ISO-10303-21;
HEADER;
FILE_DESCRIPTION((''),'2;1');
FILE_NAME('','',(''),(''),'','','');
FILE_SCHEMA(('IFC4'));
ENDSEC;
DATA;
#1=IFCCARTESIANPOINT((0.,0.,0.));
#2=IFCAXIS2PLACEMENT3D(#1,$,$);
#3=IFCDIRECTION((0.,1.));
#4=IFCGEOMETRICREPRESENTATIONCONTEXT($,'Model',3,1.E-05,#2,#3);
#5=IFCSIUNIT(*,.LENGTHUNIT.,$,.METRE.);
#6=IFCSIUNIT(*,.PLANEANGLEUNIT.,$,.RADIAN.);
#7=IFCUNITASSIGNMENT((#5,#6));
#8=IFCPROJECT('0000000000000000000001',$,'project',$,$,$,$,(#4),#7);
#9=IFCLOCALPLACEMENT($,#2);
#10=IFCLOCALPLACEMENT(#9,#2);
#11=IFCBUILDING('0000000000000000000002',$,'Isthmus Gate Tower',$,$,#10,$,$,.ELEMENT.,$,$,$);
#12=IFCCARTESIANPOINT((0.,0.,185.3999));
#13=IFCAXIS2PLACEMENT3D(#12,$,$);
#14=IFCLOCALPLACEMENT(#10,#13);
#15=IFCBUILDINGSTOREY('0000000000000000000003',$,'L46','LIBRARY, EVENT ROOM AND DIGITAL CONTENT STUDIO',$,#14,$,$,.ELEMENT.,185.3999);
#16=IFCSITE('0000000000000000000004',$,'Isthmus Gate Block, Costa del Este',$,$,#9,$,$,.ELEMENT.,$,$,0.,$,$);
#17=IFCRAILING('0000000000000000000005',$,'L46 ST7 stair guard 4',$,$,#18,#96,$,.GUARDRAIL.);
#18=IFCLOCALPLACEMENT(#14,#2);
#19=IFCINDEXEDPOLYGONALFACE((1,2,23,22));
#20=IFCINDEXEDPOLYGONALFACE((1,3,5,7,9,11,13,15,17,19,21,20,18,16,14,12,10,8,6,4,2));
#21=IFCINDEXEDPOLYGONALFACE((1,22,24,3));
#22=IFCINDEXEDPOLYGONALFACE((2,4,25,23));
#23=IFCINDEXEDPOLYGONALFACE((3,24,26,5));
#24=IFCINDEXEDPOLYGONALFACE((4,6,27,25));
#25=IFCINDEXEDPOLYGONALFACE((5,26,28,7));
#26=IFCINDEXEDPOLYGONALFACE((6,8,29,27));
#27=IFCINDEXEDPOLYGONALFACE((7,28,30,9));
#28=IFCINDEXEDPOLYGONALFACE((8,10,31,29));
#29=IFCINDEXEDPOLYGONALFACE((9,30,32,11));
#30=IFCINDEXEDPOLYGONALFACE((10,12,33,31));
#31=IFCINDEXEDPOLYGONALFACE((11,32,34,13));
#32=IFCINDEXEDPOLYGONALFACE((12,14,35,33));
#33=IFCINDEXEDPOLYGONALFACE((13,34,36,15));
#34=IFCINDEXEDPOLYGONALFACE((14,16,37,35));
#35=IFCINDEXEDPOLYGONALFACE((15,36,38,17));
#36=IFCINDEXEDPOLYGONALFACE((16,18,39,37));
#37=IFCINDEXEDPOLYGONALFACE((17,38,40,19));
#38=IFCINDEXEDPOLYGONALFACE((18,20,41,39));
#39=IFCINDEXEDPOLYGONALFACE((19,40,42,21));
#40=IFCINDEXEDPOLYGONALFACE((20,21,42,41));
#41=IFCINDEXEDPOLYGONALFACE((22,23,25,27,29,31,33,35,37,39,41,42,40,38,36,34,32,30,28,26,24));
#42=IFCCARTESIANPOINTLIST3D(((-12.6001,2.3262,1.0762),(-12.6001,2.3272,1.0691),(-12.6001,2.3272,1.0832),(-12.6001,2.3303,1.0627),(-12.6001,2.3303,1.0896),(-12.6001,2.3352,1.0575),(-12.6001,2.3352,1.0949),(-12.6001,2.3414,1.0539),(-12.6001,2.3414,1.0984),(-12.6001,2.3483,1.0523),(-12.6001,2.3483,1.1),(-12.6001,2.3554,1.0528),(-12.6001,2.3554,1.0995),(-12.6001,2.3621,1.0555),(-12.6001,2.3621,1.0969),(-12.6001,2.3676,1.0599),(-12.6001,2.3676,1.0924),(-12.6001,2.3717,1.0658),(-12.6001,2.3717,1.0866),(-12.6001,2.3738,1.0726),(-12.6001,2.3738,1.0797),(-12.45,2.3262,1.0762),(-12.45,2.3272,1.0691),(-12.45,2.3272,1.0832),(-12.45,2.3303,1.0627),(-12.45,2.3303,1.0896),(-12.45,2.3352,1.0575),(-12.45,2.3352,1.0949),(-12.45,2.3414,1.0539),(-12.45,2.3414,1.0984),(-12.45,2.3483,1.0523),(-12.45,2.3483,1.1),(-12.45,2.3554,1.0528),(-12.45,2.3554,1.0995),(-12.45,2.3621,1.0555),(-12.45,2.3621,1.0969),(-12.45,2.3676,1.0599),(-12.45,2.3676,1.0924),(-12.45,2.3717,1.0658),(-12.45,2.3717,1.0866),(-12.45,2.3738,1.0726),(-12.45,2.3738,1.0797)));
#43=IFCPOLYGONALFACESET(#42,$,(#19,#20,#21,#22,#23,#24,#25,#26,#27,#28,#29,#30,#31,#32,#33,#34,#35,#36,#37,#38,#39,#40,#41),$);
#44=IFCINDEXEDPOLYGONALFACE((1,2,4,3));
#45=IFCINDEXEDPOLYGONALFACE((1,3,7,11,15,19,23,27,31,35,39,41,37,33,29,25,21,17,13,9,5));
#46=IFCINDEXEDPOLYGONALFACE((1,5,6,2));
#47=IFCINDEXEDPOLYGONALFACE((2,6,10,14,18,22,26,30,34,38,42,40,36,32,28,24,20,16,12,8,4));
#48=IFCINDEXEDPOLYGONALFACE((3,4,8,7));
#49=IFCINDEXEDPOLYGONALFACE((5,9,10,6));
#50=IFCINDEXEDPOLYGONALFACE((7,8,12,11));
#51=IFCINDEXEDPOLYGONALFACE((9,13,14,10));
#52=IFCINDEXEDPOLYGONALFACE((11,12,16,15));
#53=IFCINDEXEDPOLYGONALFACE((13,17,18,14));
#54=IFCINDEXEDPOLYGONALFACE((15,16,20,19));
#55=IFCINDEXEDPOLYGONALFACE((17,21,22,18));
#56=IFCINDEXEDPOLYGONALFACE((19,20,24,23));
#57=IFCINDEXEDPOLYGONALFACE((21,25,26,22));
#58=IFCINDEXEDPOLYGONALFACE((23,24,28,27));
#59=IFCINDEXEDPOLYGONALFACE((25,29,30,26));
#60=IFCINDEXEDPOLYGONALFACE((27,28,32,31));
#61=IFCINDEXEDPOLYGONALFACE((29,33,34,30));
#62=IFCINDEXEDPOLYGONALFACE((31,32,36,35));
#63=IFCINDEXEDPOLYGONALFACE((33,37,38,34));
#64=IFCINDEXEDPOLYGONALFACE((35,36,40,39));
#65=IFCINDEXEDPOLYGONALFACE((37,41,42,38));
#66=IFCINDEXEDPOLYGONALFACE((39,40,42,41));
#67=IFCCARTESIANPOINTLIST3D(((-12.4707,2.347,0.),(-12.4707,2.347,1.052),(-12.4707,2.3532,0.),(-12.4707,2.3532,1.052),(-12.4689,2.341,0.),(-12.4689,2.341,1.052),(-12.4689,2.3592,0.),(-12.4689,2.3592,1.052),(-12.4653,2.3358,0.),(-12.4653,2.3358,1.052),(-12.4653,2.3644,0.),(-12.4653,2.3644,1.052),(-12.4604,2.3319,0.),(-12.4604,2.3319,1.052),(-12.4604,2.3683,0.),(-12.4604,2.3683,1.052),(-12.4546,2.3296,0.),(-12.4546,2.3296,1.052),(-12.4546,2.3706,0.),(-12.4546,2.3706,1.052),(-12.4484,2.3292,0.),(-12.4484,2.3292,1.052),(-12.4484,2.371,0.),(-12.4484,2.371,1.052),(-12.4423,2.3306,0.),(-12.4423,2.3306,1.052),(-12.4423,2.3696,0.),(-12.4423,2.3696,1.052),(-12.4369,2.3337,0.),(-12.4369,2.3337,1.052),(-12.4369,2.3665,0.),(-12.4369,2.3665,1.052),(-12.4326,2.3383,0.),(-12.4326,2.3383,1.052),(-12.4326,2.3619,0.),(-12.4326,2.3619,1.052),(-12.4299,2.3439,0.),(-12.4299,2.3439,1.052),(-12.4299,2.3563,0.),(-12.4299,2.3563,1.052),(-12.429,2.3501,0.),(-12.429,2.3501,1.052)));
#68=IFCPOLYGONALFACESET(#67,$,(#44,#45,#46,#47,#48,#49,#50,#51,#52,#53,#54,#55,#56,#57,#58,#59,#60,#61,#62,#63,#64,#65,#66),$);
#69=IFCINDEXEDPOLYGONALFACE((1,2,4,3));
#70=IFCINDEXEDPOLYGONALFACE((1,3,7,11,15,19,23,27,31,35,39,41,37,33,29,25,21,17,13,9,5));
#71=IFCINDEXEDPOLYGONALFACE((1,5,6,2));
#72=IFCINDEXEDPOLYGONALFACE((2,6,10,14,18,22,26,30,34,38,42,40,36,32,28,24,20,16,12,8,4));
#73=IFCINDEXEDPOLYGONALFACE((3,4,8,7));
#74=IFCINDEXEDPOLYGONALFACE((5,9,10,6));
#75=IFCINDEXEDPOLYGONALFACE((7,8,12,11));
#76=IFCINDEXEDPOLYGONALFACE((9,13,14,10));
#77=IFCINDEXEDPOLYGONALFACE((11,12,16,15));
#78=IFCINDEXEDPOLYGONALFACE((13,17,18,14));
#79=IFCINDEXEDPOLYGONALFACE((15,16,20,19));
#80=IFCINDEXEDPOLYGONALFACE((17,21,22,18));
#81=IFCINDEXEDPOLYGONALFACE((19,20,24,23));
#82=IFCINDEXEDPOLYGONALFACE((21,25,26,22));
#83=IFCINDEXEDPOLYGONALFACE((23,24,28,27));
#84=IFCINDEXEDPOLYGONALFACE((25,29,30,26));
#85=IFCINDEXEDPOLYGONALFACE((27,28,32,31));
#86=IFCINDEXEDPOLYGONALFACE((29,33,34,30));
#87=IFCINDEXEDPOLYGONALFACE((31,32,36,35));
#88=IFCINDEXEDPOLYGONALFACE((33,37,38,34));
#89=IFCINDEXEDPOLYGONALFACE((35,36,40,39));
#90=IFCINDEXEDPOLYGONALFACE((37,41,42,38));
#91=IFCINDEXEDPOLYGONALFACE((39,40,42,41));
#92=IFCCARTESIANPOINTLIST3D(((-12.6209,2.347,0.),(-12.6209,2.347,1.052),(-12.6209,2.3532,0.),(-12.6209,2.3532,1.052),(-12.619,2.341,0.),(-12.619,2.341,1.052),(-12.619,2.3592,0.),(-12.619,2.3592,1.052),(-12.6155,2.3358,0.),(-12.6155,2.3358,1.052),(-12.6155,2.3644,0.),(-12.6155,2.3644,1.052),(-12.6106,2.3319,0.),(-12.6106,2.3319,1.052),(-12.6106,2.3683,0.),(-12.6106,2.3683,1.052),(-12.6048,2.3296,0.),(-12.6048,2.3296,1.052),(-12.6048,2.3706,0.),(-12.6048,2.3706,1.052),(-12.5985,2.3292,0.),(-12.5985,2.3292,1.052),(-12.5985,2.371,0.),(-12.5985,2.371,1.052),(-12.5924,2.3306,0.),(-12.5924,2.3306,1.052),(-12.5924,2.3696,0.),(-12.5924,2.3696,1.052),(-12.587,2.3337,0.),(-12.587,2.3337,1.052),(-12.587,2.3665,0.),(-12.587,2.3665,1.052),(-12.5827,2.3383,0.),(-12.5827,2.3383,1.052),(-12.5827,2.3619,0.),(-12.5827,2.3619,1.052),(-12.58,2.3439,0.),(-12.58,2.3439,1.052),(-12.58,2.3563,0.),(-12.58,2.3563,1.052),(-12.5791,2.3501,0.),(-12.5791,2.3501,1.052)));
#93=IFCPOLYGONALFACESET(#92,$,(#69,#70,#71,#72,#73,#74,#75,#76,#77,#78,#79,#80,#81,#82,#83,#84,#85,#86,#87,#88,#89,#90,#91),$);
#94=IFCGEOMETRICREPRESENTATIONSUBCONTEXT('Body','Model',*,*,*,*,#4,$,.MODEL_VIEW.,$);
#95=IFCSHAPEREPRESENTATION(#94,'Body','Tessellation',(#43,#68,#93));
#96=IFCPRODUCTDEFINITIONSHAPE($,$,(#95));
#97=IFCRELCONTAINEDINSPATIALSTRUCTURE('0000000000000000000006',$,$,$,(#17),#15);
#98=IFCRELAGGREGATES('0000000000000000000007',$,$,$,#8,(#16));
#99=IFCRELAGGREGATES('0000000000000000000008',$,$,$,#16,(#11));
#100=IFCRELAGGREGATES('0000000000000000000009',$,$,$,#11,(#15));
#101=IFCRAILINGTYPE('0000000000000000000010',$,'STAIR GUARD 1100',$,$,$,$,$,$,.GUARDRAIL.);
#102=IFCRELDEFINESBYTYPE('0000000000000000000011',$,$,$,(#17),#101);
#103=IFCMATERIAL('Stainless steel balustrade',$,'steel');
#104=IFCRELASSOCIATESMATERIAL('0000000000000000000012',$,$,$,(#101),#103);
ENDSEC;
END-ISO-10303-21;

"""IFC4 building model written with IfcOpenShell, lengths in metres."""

from ifc_helpers import new_model, si_unit, direction, frame, origin, origin_2d, place, context, subcontext, project, spatial, circle, extrude, material, type_object, element, save


model = new_model("IFC4")

# Units and contexts
model_context = context("Model", 3, precision=1e-05, world=origin(), true_north=direction((0.0, 1.0)))
body_context = subcontext(model_context, "Body", "Model", "MODEL_VIEW")
ifc_project = project(units=[si_unit("LENGTHUNIT", "METRE"), si_unit("PLANEANGLEUNIT", "RADIAN")], contexts=[model_context])

# Site, building, storey
site_placement = place(None, origin())
site = spatial("IfcSite", under=ifc_project, at=site_placement, Name="Isthmus Gate Block, Costa del Este", CompositionType="ELEMENT", RefElevation=0.0)
building_placement = place(site_placement, origin())
building = spatial("IfcBuilding", under=site, at=building_placement, Name="Isthmus Gate Tower", CompositionType="ELEMENT")
storey_placement = place(building_placement, frame((0.0, 0.0, 185.3999)))
storey = spatial("IfcBuildingStorey", under=building, at=storey_placement, Name="L46", Description="LIBRARY, EVENT ROOM AND DIGITAL CONTENT STUDIO", CompositionType="ELEMENT", Elevation=185.3999)

# Railing
ifc_material_1 = material(Name="Stainless steel balustrade", Category="steel")
railing_type_1 = type_object("IfcRailingType", Name="STAIR GUARD 1100", PredefinedType="GUARDRAIL", material=ifc_material_1)
railing_1_placement = place(storey_placement, frame((-12.45, 2.3501, 0.0)))
element("IfcRailing", 1, at=railing_1_placement, inside=storey, type_object=railing_type_1, Name="L46 ST7 stair guard 4", PredefinedType="GUARDRAIL", context=body_context, shape_type="SweptSolid", body=[
    extrude(circle(Radius=0.0239, at=origin_2d()), frame((0.0, 0.0, 1.0762), z_axis=(-1.0, 0.0, 0.0), x_axis=(0.0, -1.0, 0.0)), (0.0, 0.0, 1.0), 0.1501),
    extrude(circle(Radius=0.021, at=origin_2d()), origin(), (0.0, 0.0, 1.0), 1.052),
    extrude(circle(Radius=0.021, at=origin_2d()), frame((-0.1501, 0.0, 0.0)), (0.0, 0.0, 1.0), 1.052),
])

save(model, "model.ifc")
